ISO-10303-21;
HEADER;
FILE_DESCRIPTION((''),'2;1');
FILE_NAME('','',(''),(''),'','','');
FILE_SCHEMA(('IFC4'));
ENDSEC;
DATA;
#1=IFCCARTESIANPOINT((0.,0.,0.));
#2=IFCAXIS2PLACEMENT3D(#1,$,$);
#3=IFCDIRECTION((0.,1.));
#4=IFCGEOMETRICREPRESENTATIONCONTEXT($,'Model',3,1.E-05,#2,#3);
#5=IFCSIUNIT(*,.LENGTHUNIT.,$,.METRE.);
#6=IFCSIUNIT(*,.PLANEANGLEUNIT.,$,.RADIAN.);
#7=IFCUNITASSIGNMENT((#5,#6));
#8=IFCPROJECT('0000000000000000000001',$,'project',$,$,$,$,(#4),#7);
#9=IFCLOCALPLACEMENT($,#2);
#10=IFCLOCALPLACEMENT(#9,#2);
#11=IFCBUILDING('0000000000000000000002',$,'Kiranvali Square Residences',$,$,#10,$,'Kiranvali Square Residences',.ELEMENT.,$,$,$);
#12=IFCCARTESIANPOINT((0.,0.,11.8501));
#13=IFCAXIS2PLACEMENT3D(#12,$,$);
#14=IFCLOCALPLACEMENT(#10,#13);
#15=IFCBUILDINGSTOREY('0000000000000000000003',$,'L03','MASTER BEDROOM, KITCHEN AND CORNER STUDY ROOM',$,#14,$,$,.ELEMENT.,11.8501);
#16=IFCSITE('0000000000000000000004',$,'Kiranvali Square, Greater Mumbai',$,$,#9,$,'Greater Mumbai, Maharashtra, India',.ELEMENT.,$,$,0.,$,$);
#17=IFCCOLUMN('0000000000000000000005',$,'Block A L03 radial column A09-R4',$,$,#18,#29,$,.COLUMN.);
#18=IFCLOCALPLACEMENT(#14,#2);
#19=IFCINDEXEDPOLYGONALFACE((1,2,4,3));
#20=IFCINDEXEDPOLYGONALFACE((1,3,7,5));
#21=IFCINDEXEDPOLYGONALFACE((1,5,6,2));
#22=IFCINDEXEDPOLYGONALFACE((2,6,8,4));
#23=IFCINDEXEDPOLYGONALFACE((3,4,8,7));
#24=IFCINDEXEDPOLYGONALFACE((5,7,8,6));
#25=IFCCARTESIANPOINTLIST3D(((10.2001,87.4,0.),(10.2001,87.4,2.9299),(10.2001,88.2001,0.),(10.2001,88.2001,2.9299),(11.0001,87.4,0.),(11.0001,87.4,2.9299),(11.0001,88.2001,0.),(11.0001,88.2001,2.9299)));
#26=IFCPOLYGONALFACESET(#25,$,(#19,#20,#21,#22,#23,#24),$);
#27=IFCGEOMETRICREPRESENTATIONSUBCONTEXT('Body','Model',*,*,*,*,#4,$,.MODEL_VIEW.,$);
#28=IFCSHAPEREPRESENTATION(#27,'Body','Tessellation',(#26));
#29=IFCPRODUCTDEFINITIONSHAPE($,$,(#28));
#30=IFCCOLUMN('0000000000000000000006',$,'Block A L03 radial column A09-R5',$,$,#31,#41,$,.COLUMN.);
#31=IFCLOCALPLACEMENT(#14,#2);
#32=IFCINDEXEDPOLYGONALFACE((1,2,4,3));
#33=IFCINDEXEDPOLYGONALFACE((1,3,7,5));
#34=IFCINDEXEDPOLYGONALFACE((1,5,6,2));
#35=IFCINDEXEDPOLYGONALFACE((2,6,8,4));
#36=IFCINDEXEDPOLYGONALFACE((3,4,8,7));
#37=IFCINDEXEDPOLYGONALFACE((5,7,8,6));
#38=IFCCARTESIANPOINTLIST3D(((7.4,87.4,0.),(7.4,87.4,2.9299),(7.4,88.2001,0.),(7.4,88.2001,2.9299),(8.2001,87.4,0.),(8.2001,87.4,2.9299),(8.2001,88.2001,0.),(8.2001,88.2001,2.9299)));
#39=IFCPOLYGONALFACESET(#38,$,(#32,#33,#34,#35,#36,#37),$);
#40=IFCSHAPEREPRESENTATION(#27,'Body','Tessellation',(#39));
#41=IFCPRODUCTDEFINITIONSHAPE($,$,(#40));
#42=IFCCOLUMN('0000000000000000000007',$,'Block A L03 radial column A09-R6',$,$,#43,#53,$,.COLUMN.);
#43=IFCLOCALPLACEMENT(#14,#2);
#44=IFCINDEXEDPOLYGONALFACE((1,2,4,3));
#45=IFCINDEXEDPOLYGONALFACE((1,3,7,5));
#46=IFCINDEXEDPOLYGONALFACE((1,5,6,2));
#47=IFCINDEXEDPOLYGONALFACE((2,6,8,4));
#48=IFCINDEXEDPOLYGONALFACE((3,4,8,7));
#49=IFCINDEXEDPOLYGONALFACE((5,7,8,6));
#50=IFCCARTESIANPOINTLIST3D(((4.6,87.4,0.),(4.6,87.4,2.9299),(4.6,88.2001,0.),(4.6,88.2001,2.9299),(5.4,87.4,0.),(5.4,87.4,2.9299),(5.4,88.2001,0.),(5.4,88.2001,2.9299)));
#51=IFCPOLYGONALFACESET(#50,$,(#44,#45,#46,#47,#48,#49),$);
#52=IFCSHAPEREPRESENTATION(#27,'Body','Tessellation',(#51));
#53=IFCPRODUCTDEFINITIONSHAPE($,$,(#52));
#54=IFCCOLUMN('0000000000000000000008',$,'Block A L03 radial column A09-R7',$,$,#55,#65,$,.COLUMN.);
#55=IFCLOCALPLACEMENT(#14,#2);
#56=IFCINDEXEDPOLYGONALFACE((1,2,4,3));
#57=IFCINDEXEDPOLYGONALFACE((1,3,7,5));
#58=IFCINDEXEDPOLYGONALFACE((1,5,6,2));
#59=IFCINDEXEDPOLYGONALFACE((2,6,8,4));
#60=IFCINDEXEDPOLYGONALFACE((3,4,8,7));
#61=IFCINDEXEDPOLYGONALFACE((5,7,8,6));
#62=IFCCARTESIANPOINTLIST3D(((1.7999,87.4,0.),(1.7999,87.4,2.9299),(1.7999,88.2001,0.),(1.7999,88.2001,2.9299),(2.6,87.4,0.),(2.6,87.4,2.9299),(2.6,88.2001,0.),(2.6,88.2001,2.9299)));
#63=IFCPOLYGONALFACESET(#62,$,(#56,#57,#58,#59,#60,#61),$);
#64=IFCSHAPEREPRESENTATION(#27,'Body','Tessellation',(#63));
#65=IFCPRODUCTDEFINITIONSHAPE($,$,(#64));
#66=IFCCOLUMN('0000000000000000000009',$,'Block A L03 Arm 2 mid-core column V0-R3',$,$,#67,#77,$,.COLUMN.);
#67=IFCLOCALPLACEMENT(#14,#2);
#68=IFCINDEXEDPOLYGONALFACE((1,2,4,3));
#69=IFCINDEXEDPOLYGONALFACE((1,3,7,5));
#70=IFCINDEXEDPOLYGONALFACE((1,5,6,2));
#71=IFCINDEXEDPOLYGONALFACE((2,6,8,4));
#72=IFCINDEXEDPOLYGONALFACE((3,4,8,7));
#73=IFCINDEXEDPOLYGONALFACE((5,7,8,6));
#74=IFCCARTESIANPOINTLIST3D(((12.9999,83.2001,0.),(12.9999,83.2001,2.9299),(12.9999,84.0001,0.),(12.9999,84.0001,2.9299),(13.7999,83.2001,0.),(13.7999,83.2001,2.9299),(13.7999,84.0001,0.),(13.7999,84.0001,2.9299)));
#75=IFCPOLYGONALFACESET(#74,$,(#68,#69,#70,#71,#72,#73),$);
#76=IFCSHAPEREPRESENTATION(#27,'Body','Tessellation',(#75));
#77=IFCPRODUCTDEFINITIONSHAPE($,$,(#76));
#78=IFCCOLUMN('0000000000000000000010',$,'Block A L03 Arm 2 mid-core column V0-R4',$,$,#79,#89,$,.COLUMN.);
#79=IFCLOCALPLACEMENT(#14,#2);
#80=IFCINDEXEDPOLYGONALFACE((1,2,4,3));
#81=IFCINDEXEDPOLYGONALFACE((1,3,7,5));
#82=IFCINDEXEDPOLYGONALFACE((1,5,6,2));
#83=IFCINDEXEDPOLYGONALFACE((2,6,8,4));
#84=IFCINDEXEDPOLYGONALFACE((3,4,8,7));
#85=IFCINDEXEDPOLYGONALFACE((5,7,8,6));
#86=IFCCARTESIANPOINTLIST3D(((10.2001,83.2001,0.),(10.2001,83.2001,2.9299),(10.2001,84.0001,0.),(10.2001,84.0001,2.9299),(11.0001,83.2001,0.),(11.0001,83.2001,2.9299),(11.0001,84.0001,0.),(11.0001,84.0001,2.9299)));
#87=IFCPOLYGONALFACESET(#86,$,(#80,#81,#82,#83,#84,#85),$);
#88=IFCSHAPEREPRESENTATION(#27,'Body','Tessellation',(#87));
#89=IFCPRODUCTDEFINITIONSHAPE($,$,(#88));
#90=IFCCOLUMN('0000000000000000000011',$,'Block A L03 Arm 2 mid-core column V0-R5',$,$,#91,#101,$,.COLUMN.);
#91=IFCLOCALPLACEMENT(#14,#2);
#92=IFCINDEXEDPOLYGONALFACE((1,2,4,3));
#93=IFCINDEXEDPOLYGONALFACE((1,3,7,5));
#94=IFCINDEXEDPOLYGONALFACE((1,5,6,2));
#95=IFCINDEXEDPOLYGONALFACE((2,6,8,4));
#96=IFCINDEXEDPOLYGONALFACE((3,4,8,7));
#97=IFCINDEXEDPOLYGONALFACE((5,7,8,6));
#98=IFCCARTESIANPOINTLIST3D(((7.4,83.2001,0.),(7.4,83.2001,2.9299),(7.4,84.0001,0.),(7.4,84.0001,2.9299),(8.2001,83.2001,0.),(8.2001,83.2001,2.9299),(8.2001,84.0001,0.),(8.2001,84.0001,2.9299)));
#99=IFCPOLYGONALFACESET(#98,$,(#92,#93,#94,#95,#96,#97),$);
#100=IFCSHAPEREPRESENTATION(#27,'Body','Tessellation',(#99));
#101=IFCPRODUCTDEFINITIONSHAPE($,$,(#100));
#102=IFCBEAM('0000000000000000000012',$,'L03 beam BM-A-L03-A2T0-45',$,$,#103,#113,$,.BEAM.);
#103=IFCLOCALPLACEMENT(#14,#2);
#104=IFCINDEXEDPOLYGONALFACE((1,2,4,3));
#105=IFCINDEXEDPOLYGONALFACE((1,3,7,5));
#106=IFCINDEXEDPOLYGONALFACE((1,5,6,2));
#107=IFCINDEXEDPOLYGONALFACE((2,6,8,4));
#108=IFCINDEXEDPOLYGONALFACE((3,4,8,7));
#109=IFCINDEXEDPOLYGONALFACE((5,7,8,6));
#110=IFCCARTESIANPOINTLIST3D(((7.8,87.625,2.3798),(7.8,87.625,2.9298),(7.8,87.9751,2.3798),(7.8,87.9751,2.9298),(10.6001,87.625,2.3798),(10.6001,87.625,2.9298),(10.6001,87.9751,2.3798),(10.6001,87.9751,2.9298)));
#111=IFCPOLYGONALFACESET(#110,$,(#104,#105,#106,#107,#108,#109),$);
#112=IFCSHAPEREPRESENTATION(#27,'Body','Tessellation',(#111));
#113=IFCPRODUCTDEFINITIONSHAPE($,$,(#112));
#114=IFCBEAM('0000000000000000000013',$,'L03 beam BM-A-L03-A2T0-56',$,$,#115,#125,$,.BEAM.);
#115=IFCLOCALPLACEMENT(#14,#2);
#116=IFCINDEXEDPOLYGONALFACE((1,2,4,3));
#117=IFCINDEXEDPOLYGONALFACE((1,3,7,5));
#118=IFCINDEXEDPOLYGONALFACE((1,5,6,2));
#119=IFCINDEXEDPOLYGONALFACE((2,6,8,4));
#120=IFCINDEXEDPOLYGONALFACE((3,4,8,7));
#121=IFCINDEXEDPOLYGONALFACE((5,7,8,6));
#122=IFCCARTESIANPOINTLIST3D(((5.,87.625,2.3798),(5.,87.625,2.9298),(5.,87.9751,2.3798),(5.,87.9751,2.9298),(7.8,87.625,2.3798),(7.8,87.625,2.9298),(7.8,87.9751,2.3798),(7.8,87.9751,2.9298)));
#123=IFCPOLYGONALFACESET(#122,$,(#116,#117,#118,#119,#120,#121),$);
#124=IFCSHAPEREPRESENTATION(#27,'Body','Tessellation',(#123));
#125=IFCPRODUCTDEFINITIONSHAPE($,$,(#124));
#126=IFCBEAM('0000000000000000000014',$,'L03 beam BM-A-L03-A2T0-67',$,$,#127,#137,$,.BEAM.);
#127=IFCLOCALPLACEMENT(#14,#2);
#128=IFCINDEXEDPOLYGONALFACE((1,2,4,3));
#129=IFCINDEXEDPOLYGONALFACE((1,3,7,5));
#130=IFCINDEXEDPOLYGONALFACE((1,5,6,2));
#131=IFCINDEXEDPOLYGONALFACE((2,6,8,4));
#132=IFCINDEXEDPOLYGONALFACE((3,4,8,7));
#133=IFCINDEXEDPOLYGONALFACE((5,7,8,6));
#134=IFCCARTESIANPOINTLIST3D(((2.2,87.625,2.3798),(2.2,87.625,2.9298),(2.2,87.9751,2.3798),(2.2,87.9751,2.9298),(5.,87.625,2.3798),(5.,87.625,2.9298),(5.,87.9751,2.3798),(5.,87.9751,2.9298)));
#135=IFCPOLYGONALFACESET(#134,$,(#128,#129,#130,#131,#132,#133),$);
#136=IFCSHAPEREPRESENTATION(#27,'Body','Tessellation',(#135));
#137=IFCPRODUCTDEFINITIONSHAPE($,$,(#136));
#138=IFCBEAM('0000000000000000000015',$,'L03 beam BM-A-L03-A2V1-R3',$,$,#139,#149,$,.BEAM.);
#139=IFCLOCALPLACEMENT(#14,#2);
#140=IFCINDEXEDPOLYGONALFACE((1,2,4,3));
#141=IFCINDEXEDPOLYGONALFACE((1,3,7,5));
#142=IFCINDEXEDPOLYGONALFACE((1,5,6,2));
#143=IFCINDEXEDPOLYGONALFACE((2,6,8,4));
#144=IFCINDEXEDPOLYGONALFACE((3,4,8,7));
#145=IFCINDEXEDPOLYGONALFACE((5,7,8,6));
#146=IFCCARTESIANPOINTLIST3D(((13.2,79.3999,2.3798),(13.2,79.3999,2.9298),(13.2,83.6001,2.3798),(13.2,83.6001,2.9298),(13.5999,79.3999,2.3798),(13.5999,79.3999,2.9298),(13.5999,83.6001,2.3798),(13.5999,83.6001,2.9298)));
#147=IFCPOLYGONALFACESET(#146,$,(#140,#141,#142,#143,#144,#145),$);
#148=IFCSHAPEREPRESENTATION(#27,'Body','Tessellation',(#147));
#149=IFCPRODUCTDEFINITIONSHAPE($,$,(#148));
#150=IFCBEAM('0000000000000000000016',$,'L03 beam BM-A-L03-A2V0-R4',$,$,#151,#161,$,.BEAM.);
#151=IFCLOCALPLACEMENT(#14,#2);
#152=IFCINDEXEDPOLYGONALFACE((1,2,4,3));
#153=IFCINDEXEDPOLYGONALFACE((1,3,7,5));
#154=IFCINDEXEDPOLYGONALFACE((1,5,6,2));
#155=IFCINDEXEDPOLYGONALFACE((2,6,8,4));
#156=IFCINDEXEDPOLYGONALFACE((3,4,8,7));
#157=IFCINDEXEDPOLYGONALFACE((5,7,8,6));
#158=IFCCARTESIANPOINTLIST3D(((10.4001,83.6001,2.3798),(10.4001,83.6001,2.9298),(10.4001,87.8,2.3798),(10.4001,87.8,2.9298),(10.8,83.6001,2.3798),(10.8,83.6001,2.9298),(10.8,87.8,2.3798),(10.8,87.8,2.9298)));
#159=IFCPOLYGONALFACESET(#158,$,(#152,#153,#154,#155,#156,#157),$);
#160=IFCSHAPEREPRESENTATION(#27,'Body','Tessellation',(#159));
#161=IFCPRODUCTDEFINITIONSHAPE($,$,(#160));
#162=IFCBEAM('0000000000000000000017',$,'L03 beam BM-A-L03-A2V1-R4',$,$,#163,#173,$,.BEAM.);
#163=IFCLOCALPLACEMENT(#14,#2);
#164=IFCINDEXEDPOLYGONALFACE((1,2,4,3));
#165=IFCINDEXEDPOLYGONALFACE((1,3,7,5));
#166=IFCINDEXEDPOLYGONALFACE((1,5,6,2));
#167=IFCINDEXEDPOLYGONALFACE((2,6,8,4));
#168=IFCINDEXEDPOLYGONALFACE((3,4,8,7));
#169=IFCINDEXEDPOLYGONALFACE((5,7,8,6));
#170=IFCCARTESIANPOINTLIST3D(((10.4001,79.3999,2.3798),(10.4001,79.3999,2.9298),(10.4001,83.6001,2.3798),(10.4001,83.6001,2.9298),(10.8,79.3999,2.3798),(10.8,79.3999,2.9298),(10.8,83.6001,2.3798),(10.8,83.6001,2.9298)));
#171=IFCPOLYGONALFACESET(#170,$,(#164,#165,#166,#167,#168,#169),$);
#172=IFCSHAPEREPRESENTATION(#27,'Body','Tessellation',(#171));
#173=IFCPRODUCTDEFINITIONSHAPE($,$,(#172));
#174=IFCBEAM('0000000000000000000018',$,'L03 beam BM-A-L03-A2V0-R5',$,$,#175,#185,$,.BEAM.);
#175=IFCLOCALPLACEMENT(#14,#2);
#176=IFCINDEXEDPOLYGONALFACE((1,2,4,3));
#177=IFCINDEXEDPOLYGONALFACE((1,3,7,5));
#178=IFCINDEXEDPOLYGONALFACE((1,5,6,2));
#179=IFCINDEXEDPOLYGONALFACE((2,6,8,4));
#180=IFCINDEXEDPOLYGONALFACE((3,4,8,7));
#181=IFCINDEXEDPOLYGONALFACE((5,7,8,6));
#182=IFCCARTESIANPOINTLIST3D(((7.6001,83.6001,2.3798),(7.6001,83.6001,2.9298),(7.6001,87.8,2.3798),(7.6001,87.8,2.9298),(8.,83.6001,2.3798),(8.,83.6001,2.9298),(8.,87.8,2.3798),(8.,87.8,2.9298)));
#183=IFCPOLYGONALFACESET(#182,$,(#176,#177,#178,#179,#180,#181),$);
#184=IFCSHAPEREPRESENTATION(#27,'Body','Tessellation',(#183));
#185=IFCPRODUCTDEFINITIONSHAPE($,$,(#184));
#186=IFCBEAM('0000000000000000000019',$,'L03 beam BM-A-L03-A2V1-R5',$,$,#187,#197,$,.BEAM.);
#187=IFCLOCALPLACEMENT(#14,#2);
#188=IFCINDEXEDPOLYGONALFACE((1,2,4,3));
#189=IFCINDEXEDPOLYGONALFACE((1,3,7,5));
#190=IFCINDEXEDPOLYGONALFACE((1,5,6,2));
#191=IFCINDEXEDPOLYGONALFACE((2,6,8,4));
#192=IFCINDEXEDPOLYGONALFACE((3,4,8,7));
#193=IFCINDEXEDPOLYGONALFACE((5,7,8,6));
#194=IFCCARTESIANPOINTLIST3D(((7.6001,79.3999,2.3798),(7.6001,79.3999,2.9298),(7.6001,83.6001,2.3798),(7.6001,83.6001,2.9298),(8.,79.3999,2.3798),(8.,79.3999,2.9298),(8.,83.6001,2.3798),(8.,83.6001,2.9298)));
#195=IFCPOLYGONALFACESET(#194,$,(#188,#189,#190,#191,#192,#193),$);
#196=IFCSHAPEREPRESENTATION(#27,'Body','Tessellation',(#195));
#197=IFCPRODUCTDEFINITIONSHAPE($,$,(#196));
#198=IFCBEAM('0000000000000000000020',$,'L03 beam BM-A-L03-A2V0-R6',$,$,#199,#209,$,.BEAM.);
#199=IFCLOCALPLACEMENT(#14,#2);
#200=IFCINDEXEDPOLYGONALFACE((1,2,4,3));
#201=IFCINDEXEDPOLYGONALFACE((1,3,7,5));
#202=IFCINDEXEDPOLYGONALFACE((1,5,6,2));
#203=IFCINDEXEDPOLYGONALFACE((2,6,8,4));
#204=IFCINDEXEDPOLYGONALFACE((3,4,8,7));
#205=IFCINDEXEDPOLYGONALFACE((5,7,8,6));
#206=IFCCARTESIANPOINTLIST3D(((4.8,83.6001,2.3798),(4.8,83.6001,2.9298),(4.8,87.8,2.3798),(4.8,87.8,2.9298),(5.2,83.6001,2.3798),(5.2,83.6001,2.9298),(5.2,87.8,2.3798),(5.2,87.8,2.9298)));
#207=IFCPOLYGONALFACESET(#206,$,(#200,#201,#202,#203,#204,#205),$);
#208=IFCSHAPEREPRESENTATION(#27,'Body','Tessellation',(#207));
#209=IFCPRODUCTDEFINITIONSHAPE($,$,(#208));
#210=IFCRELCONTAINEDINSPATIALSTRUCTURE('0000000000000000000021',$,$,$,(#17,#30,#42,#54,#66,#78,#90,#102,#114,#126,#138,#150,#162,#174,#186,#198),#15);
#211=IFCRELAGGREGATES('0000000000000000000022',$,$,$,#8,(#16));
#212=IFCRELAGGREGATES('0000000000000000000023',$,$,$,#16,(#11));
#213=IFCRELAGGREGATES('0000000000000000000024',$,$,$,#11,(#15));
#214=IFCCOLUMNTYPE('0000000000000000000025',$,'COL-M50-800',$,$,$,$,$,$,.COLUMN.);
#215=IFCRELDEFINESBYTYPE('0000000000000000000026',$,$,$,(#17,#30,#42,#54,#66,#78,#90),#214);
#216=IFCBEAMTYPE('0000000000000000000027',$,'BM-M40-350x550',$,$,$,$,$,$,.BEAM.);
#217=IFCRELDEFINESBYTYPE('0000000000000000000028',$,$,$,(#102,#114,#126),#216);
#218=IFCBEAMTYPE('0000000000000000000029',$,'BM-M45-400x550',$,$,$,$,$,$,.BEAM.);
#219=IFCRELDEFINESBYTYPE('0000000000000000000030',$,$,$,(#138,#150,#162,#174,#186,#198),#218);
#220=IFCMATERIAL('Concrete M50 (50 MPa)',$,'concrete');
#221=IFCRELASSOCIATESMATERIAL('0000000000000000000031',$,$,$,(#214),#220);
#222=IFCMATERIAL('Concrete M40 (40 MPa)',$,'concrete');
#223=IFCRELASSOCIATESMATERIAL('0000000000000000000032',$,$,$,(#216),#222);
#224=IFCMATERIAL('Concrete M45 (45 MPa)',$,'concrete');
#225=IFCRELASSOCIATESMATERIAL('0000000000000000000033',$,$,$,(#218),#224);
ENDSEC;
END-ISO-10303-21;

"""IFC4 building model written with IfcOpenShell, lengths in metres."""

from ifc_helpers import new_model, si_unit, direction, frame, origin, origin_2d, place, context, subcontext, project, spatial, rectangle, extrude, material, material_profile, profile_set, type_object, element, save


model = new_model("IFC4")

# Units and contexts
model_context = context("Model", 3, precision=1e-05, world=origin(), true_north=direction((0.0, 1.0)))
body_context = subcontext(model_context, "Body", "Model", "MODEL_VIEW")
ifc_project = project(units=[si_unit("LENGTHUNIT", "METRE"), si_unit("PLANEANGLEUNIT", "RADIAN")], contexts=[model_context])

# Site, building, storey
site_placement = place(None, origin())
site = spatial("IfcSite", under=ifc_project, at=site_placement, Name="Kiranvali Square, Greater Mumbai", LongName="Greater Mumbai, Maharashtra, India", CompositionType="ELEMENT", RefElevation=0.0)
building_placement = place(site_placement, origin())
building = spatial("IfcBuilding", under=site, at=building_placement, Name="Kiranvali Square Residences", LongName="Kiranvali Square Residences", CompositionType="ELEMENT")
storey_placement = place(building_placement, frame((0.0, 0.0, 11.8501)))
storey = spatial("IfcBuildingStorey", under=building, at=storey_placement, Name="L03", Description="MASTER BEDROOM, KITCHEN AND CORNER STUDY ROOM", CompositionType="ELEMENT", Elevation=11.8501)

# Columns
ifc_material_1 = material(Name="Concrete M50 (50 MPa)", Category="concrete")
ifc_material_profile_1 = material_profile(ifc_material_1, rectangle(XDim=0.8, YDim=0.8, at=origin_2d()), Name="RC 800x800")
ifc_profile_set_1 = profile_set([ifc_material_profile_1], Name="Concrete M50 (50 MPa)")
column_type = type_object("IfcColumnType", Name="COL-M50-800", PredefinedType="COLUMN", material=ifc_profile_set_1)
for number, where, z_axis, x_axis, name in (
    (1, (10.6001, 87.8, 0.0), (0.0, 0.0, 1.0), (0.0, 1.0, 0.0), "Block A L03 radial column A09-R4"),
    (2, (7.8, 87.8, 0.0), (0.0, 0.0, 1.0), (0.0, 1.0, 0.0), "Block A L03 radial column A09-R5"),
    (3, (5.0, 87.8, 0.0), (0.0, 0.0, 1.0), (0.0, 1.0, 0.0), "Block A L03 radial column A09-R6"),
    (4, (2.2, 87.8, 0.0), (0.0, 0.0, 1.0), (0.0, 1.0, 0.0), "Block A L03 radial column A09-R7"),
    (5, (13.3999, 83.6001, 0.0), (0.0, 0.0, 1.0), (1.0, 0.0, 0.0), "Block A L03 Arm 2 mid-core column V0-R3"),
    (6, (10.6001, 83.6001, 0.0), (0.0, 0.0, 1.0), (1.0, 0.0, 0.0), "Block A L03 Arm 2 mid-core column V0-R4"),
    (7, (7.8, 83.6001, 0.0), (0.0, 0.0, 1.0), (1.0, 0.0, 0.0), "Block A L03 Arm 2 mid-core column V0-R5"),
):
    element("IfcColumn", number, at=place(storey_placement, frame(where, z_axis=z_axis, x_axis=x_axis)), inside=storey, type_object=column_type, Name=name, PredefinedType="COLUMN", context=body_context, shape_type="SweptSolid", body=[
        extrude(rectangle(XDim=0.8, YDim=0.8, at=origin_2d()), origin(), (0.0, 0.0, 1.0), 2.9299),
    ])

# Beams
ifc_material_2 = material(Name="Concrete M40 (40 MPa)", Category="concrete")
ifc_material_profile_2 = material_profile(ifc_material_2, rectangle(XDim=0.3501, YDim=0.55, at=origin_2d()), Name="RC 350x550")
ifc_profile_set_2 = profile_set([ifc_material_profile_2], Name="Concrete M40 (40 MPa)")
beam_type_1 = type_object("IfcBeamType", Name="BM-M40-350x550", PredefinedType="BEAM", material=ifc_profile_set_2)
for number, where, z_axis, x_axis, name in (
    (8, (10.6001, 87.8, 2.6548), (-1.0, 0.0, 0.0), (0.0, -1.0, 0.0), "L03 beam BM-A-L03-A2T0-45"),
    (9, (7.8, 87.8, 2.6548), (-1.0, 0.0, 0.0), (0.0, -1.0, 0.0), "L03 beam BM-A-L03-A2T0-56"),
    (10, (5.0, 87.8, 2.6548), (-1.0, 0.0, 0.0), (0.0, -1.0, 0.0), "L03 beam BM-A-L03-A2T0-67"),
):
    element("IfcBeam", number, at=place(storey_placement, frame(where, z_axis=z_axis, x_axis=x_axis)), inside=storey, type_object=beam_type_1, Name=name, PredefinedType="BEAM", context=body_context, shape_type="SweptSolid", body=[
        extrude(rectangle(XDim=0.3501, YDim=0.55, at=origin_2d()), origin(), (0.0, 0.0, 1.0), 2.8),
    ])
ifc_material_3 = material(Name="Concrete M45 (45 MPa)", Category="concrete")
ifc_material_profile_3 = material_profile(ifc_material_3, rectangle(XDim=0.3999, YDim=0.55, at=origin_2d()), Name="RC 400x550")
ifc_profile_set_3 = profile_set([ifc_material_profile_3], Name="Concrete M45 (45 MPa)")
beam_type_2 = type_object("IfcBeamType", Name="BM-M45-400x550", PredefinedType="BEAM", material=ifc_profile_set_3)
beam_1_placement = place(storey_placement, frame((13.3999, 83.6001, 2.6548), z_axis=(0.0, -1.0, 0.0), x_axis=(1.0, 0.0, 0.0)))
element("IfcBeam", 11, at=beam_1_placement, inside=storey, type_object=beam_type_2, Name="L03 beam BM-A-L03-A2V1-R3", PredefinedType="BEAM", context=body_context, shape_type="SweptSolid", body=[
    extrude(rectangle(XDim=0.3999, YDim=0.55, at=origin_2d()), origin(), (0.0, 0.0, 1.0), 4.2002),
])
beam_2_placement = place(storey_placement, frame((10.6001, 87.8, 2.6548), z_axis=(0.0, -1.0, 0.0), x_axis=(1.0, 0.0, 0.0)))
element("IfcBeam", 12, at=beam_2_placement, inside=storey, type_object=beam_type_2, Name="L03 beam BM-A-L03-A2V0-R4", PredefinedType="BEAM", context=body_context, shape_type="SweptSolid", body=[
    extrude(rectangle(XDim=0.3999, YDim=0.55, at=origin_2d()), origin(), (0.0, 0.0, 1.0), 4.2),
])
beam_3_placement = place(storey_placement, frame((10.6001, 83.6001, 2.6548), z_axis=(0.0, -1.0, 0.0), x_axis=(1.0, 0.0, 0.0)))
element("IfcBeam", 13, at=beam_3_placement, inside=storey, type_object=beam_type_2, Name="L03 beam BM-A-L03-A2V1-R4", PredefinedType="BEAM", context=body_context, shape_type="SweptSolid", body=[
    extrude(rectangle(XDim=0.3999, YDim=0.55, at=origin_2d()), origin(), (0.0, 0.0, 1.0), 4.2002),
])
beam_4_placement = place(storey_placement, frame((7.8, 87.8, 2.6548), z_axis=(0.0, -1.0, 0.0), x_axis=(1.0, 0.0, 0.0)))
element("IfcBeam", 14, at=beam_4_placement, inside=storey, type_object=beam_type_2, Name="L03 beam BM-A-L03-A2V0-R5", PredefinedType="BEAM", context=body_context, shape_type="SweptSolid", body=[
    extrude(rectangle(XDim=0.3999, YDim=0.55, at=origin_2d()), origin(), (0.0, 0.0, 1.0), 4.2),
])
beam_5_placement = place(storey_placement, frame((7.8, 83.6001, 2.6548), z_axis=(0.0, -1.0, 0.0), x_axis=(1.0, 0.0, 0.0)))
element("IfcBeam", 15, at=beam_5_placement, inside=storey, type_object=beam_type_2, Name="L03 beam BM-A-L03-A2V1-R5", PredefinedType="BEAM", context=body_context, shape_type="SweptSolid", body=[
    extrude(rectangle(XDim=0.3999, YDim=0.55, at=origin_2d()), origin(), (0.0, 0.0, 1.0), 4.2002),
])
beam_6_placement = place(storey_placement, frame((5.0, 87.8, 2.6548), z_axis=(0.0, -1.0, 0.0), x_axis=(1.0, 0.0, 0.0)))
element("IfcBeam", 16, at=beam_6_placement, inside=storey, type_object=beam_type_2, Name="L03 beam BM-A-L03-A2V0-R6", PredefinedType="BEAM", context=body_context, shape_type="SweptSolid", body=[
    extrude(rectangle(XDim=0.3999, YDim=0.55, at=origin_2d()), origin(), (0.0, 0.0, 1.0), 4.2),
])

save(model, "model.ifc")
